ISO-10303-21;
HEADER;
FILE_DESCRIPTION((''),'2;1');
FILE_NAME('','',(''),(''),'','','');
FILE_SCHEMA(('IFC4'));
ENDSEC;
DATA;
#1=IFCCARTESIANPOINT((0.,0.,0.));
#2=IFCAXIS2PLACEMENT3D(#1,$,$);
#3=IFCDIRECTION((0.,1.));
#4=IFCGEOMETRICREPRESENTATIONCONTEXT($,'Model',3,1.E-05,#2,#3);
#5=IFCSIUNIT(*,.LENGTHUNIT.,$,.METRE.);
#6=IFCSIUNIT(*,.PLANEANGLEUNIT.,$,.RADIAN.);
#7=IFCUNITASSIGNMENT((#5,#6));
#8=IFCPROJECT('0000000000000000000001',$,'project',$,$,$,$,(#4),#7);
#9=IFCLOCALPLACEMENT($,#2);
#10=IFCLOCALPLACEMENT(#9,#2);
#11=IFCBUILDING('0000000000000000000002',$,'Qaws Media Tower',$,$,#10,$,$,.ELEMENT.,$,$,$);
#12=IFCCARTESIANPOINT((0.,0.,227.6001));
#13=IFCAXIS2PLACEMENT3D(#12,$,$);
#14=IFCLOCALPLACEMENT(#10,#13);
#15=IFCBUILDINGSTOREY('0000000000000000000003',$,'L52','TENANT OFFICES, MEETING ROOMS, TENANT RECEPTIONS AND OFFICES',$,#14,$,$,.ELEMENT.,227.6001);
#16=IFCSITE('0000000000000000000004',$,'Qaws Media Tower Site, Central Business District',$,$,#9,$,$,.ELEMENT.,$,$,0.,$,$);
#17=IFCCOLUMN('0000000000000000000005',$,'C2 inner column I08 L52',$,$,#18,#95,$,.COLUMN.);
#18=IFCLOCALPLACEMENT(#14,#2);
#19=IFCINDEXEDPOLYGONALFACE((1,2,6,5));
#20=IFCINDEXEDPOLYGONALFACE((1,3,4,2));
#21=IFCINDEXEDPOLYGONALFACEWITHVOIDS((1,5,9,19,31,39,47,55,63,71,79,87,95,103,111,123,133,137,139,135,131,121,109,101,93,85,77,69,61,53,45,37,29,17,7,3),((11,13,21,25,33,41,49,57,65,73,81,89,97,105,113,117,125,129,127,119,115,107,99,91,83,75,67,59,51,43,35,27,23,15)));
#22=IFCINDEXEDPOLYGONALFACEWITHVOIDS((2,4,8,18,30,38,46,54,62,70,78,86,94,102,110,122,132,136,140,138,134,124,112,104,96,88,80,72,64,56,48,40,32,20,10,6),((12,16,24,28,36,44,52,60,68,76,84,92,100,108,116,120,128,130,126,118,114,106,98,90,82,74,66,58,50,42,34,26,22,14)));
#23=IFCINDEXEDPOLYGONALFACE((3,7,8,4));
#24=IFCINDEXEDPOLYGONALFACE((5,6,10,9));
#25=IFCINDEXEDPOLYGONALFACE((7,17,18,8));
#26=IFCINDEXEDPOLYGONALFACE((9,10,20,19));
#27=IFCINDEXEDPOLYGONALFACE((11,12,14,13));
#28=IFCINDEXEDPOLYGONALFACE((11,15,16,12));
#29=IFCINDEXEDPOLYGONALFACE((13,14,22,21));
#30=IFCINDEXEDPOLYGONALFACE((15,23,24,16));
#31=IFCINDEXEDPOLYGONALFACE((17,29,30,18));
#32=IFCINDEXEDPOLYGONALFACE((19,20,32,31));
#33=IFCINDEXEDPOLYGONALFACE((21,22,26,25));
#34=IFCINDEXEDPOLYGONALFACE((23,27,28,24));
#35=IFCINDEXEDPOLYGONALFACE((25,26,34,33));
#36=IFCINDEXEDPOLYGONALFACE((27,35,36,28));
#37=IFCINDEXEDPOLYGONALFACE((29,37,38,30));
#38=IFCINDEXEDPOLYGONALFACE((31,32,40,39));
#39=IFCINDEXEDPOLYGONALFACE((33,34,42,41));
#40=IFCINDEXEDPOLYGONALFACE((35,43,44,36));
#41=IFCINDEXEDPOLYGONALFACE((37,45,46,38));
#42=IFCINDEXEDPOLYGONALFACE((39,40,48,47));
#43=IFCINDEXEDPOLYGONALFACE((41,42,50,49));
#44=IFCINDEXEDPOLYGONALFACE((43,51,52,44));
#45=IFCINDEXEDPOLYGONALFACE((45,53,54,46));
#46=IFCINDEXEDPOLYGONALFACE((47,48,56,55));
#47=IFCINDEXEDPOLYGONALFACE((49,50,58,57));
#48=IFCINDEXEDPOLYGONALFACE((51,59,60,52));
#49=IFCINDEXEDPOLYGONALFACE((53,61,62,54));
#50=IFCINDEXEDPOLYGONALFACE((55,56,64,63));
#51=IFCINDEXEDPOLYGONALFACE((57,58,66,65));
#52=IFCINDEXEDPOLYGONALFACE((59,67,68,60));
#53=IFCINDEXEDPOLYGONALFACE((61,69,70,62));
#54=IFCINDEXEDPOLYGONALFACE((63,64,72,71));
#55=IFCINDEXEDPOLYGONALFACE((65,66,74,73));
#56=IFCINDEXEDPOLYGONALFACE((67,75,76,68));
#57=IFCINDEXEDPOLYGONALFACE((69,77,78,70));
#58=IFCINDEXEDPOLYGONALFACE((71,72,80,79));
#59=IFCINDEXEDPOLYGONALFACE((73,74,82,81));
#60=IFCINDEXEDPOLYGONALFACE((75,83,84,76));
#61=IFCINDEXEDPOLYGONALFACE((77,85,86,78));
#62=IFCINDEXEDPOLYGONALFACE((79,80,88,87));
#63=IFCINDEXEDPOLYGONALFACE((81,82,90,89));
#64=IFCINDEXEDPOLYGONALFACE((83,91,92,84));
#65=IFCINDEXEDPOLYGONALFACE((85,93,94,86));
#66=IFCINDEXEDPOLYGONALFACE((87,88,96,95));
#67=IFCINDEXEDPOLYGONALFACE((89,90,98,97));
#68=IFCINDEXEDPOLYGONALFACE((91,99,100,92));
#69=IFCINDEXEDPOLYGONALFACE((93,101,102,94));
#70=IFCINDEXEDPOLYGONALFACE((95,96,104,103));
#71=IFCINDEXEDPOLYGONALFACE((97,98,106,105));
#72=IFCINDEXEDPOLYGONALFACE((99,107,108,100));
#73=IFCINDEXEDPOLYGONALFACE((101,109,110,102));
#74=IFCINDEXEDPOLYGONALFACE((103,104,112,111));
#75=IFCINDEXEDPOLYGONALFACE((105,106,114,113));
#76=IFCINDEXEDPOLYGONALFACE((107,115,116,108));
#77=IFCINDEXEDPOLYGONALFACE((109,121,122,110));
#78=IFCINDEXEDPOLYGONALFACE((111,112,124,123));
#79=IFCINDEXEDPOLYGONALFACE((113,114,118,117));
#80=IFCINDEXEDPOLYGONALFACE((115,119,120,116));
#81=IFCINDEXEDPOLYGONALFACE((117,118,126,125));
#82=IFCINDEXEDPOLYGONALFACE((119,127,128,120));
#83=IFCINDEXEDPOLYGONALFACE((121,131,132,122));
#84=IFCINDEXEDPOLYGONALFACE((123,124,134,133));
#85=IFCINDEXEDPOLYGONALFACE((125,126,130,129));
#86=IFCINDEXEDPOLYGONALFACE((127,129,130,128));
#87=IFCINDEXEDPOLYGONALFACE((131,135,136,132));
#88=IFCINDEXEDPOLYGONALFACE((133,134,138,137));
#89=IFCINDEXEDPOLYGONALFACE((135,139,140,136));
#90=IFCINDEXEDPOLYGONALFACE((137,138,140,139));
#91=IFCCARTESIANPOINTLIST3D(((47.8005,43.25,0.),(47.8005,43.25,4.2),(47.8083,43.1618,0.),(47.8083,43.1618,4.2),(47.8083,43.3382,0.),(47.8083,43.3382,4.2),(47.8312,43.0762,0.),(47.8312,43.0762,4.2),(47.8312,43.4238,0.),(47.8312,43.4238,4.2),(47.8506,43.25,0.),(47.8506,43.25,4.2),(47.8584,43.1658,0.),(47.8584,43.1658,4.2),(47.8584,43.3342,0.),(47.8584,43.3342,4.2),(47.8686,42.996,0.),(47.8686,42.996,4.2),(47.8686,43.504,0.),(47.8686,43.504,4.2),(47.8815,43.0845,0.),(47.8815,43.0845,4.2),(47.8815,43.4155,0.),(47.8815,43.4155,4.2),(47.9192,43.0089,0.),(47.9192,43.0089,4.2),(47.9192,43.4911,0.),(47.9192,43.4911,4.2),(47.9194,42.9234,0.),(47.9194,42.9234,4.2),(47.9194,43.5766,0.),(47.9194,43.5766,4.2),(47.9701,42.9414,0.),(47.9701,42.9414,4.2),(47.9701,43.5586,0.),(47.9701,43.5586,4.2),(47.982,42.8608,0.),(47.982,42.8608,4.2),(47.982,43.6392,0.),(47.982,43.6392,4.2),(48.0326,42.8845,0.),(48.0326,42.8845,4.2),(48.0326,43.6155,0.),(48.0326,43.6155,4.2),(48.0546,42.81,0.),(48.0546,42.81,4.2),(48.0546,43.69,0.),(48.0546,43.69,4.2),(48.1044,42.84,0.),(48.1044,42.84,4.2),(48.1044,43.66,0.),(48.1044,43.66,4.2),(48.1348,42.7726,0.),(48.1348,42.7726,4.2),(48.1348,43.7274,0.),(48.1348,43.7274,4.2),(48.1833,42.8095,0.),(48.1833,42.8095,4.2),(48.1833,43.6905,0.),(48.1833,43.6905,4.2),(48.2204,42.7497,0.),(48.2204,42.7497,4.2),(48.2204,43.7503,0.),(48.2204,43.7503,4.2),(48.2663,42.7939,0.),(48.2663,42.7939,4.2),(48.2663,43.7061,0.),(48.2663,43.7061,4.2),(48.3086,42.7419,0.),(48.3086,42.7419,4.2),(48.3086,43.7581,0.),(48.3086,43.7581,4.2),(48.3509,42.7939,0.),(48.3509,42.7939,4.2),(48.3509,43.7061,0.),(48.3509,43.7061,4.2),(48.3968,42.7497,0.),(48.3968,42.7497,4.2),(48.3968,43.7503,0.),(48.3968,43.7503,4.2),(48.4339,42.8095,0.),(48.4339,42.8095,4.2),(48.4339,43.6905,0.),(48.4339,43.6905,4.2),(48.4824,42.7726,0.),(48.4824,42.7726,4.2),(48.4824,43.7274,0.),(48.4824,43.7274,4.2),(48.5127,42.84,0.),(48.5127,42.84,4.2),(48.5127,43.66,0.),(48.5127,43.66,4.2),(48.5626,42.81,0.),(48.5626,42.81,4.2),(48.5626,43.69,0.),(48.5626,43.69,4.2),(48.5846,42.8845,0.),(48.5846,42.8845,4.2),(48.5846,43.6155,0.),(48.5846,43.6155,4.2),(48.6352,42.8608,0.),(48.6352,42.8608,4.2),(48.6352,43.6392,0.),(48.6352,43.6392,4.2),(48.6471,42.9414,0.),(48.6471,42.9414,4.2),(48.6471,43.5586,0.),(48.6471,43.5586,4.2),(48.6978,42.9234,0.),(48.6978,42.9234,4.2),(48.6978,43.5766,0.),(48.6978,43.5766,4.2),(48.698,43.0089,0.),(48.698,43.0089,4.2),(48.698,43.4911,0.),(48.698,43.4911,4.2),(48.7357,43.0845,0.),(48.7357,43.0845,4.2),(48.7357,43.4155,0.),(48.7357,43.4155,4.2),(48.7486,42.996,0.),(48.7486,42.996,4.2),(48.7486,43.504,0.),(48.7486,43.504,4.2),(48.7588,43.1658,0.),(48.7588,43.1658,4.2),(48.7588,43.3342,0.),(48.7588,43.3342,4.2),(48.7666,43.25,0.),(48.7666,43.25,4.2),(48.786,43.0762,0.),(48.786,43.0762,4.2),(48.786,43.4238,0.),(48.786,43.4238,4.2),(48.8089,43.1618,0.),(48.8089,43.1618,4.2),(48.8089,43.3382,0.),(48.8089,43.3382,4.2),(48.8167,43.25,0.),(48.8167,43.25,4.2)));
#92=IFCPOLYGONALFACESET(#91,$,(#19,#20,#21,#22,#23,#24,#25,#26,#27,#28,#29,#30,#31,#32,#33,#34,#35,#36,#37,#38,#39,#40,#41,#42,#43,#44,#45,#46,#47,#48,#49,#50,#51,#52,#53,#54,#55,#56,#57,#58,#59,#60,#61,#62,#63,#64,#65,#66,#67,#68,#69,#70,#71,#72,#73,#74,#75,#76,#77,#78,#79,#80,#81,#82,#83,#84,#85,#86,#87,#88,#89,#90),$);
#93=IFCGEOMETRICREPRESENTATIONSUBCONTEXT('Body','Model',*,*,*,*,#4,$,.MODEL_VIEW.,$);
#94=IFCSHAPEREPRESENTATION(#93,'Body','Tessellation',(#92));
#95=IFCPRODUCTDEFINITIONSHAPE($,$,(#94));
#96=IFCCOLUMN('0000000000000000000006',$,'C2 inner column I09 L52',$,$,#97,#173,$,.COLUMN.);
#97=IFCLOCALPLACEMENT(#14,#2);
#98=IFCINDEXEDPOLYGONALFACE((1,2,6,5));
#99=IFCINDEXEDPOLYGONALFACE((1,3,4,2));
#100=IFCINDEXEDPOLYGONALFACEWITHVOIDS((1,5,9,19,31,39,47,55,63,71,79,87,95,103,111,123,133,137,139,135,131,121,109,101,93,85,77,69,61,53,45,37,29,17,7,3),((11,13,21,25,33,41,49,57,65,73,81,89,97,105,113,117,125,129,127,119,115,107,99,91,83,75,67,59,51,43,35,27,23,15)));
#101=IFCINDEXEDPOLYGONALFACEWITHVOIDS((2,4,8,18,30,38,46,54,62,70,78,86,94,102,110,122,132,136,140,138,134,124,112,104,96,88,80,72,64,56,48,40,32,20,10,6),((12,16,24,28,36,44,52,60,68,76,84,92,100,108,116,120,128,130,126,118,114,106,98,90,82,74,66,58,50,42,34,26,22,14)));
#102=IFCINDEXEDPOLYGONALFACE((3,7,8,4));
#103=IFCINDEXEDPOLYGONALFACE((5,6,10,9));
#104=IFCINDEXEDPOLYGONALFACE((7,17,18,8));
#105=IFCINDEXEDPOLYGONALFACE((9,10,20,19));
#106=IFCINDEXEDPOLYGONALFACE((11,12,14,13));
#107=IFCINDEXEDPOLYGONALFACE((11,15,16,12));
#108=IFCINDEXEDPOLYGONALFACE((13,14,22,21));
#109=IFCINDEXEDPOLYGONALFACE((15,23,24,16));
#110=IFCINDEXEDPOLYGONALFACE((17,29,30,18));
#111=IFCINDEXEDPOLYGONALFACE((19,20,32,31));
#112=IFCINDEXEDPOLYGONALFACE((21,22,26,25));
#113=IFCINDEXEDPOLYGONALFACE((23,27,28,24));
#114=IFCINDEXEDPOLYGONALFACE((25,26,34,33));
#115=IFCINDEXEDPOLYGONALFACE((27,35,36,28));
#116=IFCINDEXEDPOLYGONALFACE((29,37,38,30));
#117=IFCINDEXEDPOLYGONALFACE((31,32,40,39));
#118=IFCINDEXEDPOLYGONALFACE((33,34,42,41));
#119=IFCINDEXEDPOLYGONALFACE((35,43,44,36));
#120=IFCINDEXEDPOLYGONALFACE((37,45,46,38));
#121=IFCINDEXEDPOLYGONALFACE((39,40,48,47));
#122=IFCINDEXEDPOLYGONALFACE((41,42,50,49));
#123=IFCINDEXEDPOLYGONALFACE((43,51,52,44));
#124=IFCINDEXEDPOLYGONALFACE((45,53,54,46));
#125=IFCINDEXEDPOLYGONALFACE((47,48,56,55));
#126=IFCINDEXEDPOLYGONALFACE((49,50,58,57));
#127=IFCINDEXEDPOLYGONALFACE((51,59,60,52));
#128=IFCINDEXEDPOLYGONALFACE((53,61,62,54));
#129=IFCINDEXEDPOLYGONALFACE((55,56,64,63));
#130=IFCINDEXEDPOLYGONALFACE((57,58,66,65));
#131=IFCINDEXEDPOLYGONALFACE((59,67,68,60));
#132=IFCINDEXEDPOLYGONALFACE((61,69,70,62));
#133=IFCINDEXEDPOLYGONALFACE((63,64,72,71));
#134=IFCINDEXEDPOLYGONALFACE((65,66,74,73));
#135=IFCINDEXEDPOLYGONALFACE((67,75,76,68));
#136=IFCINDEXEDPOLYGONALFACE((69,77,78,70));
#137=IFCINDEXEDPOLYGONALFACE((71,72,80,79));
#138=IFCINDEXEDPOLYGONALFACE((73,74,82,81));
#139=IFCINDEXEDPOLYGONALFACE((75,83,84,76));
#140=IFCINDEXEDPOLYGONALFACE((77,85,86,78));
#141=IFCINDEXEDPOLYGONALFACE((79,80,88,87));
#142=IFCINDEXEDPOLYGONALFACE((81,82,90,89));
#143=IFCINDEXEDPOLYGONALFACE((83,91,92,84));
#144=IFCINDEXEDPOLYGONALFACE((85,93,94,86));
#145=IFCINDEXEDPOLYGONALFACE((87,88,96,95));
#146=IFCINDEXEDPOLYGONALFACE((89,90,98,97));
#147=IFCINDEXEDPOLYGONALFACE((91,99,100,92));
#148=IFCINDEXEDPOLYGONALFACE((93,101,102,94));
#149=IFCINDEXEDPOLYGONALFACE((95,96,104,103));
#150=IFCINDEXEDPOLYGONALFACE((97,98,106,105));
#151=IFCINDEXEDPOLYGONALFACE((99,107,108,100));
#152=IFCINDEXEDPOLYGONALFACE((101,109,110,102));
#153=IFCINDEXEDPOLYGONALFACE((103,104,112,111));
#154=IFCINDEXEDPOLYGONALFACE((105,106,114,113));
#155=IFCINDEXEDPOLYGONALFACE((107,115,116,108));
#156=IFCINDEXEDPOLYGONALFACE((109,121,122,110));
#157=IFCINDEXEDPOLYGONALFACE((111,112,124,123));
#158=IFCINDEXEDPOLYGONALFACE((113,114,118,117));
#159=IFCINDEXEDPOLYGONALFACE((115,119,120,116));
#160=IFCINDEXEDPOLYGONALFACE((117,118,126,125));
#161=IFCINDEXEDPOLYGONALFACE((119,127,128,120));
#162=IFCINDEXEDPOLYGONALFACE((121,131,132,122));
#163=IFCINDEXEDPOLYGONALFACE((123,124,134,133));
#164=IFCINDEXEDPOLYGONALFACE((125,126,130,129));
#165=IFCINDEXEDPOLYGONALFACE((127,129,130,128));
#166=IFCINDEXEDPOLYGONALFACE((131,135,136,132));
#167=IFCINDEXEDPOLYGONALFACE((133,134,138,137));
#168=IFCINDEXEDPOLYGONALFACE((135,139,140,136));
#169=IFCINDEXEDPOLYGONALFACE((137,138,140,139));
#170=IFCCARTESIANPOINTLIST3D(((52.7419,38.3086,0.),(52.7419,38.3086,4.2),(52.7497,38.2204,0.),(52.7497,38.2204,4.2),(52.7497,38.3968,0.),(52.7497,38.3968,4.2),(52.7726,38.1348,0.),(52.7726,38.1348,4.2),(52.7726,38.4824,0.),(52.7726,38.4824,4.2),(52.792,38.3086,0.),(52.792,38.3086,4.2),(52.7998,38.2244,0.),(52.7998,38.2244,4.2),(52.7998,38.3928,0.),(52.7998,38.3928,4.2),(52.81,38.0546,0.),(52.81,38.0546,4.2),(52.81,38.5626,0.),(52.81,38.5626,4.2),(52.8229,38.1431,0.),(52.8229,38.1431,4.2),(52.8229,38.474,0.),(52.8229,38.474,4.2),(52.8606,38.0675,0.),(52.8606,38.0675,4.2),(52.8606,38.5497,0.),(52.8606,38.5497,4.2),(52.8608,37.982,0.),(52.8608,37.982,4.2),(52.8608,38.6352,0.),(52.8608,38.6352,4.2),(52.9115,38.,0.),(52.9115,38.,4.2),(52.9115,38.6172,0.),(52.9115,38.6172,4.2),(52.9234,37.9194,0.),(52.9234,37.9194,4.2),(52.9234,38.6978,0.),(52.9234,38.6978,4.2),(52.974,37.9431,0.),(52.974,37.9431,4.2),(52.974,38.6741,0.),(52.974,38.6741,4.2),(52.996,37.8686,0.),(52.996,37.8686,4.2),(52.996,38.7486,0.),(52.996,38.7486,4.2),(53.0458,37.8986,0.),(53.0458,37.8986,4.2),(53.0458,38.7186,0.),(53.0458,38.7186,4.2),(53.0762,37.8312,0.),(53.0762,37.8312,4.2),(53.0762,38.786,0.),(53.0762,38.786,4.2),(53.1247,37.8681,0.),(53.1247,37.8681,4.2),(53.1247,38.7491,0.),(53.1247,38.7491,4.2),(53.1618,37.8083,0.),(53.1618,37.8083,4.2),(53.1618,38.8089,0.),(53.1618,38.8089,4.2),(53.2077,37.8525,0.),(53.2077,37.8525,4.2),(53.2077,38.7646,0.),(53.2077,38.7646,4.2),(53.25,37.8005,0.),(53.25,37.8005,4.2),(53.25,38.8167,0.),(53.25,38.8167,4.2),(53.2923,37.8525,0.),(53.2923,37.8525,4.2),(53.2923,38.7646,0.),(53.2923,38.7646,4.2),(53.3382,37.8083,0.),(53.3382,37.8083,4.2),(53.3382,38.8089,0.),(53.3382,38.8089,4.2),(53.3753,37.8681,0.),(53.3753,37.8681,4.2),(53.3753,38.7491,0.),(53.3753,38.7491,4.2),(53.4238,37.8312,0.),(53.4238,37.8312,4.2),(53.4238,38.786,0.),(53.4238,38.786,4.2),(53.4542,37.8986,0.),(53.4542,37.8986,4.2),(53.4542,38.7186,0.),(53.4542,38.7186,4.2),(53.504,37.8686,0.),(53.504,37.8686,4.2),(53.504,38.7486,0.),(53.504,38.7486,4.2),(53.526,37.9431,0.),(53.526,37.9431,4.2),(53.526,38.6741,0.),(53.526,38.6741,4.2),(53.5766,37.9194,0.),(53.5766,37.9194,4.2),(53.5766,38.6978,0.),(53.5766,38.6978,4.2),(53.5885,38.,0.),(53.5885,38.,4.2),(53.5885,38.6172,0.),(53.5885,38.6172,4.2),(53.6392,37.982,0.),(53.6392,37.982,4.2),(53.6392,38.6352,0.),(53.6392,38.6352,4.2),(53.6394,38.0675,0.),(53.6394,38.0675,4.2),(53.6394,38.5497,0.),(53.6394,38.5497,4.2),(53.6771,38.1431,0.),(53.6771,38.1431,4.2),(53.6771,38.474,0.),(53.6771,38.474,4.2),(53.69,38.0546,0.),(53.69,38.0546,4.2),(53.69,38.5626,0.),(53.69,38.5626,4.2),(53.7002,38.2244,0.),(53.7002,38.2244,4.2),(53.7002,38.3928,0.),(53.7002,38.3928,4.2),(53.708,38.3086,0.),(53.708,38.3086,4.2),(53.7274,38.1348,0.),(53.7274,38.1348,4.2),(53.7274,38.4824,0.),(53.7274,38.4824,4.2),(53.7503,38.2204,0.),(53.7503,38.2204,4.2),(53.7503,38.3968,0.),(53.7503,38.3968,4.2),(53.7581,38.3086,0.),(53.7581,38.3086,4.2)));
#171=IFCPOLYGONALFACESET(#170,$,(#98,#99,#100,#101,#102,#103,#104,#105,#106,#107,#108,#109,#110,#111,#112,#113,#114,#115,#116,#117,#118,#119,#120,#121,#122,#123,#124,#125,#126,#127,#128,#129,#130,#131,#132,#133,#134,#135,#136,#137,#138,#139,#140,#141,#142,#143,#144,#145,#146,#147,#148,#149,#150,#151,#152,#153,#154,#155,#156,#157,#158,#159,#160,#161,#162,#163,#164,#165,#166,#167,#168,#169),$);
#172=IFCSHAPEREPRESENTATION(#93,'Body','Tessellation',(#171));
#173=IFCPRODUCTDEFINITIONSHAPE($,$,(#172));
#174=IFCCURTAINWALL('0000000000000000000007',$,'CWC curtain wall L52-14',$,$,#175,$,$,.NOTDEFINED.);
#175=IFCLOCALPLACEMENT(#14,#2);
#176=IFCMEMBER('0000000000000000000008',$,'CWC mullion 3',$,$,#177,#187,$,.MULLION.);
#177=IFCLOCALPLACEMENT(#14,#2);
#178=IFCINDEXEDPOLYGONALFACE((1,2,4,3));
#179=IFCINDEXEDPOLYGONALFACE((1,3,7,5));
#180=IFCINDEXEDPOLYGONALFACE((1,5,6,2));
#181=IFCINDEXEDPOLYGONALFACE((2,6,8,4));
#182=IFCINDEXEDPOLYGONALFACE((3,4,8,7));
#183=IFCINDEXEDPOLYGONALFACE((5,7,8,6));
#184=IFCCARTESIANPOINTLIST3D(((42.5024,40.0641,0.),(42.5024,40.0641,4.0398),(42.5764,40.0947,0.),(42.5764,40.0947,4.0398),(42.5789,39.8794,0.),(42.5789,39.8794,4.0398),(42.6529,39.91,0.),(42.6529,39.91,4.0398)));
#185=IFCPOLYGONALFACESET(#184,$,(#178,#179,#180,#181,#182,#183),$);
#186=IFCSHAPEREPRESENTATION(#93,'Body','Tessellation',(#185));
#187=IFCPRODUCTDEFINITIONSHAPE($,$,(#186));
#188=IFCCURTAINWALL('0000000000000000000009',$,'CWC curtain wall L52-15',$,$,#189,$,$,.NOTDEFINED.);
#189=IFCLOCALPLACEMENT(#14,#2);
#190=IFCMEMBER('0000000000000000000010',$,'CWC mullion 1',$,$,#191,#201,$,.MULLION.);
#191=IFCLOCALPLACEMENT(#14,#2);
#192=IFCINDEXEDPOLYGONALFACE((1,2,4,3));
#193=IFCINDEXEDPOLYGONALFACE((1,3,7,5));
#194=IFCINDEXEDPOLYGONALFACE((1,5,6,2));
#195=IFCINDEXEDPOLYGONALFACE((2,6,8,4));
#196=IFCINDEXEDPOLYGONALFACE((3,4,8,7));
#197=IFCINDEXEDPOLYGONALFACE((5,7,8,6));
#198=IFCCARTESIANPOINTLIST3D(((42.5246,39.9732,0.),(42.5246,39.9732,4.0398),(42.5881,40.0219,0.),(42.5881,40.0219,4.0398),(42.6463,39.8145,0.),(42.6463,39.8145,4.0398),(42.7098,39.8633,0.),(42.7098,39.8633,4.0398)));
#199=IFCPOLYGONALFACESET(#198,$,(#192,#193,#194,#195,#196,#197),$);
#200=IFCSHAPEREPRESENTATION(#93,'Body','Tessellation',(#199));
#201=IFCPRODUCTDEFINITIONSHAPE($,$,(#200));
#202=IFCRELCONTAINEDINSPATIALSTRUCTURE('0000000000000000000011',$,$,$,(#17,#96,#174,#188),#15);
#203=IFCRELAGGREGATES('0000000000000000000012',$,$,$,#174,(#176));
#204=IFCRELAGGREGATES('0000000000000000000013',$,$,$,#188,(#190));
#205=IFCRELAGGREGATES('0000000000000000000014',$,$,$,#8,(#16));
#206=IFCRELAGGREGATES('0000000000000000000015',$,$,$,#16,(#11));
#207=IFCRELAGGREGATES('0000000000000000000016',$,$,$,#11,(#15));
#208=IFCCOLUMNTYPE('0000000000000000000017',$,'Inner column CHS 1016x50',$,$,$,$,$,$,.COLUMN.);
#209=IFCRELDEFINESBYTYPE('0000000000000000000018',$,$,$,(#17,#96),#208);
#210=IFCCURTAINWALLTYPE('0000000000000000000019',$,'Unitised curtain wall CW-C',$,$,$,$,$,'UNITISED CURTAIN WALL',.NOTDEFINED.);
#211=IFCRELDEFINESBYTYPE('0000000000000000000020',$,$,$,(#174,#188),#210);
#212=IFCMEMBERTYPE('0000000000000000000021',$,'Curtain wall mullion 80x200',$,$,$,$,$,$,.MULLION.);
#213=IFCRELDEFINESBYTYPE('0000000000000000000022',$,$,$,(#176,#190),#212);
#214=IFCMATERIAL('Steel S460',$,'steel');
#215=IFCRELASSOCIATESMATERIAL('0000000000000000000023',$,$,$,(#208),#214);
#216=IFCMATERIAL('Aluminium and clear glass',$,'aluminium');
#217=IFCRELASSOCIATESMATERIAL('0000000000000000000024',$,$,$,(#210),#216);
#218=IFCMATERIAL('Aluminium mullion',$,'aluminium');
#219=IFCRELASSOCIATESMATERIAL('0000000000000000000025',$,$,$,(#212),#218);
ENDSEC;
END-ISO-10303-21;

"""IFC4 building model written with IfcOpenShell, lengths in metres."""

from ifc_helpers import new_model, si_unit, direction, frame, origin, origin_2d, place, context, subcontext, project, spatial, rectangle, hollow_circle, extrude, material, material_profile, profile_set, type_object, element, aggregate, save


model = new_model("IFC4")

# Units and contexts
model_context = context("Model", 3, precision=1e-05, world=origin(), true_north=direction((0.0, 1.0)))
body_context = subcontext(model_context, "Body", "Model", "MODEL_VIEW")
ifc_project = project(units=[si_unit("LENGTHUNIT", "METRE"), si_unit("PLANEANGLEUNIT", "RADIAN")], contexts=[model_context])

# Site, building, storey
site_placement = place(None, origin())
site = spatial("IfcSite", under=ifc_project, at=site_placement, Name="Qaws Media Tower Site, Central Business District", CompositionType="ELEMENT", RefElevation=0.0)
building_placement = place(site_placement, origin())
building = spatial("IfcBuilding", under=site, at=building_placement, Name="Qaws Media Tower", CompositionType="ELEMENT")
storey_placement = place(building_placement, frame((0.0, 0.0, 227.6001)))
storey = spatial("IfcBuildingStorey", under=building, at=storey_placement, Name="L52", Description="TENANT OFFICES, MEETING ROOMS, TENANT RECEPTIONS AND OFFICES", CompositionType="ELEMENT", Elevation=227.6001)

# Columns
ifc_material_1 = material(Name="Steel S460", Category="steel")
ifc_material_profile_1 = material_profile(ifc_material_1, hollow_circle(Radius=0.5081, WallThickness=0.05, at=origin_2d()), Name="CHS 1016x50")
ifc_profile_set_1 = profile_set([ifc_material_profile_1], Name="Steel S460")
column_type = type_object("IfcColumnType", Name="Inner column CHS 1016x50", PredefinedType="COLUMN", material=ifc_profile_set_1)
for number, where, z_axis, x_axis, name in (
    (1, (48.3086, 43.25, 0.0), (0.0, 0.0, 1.0), (1.0, 0.0, 0.0), "C2 inner column I08 L52"),
    (2, (53.25, 38.3086, 0.0), (0.0, 0.0, 1.0), (1.0, 0.0, 0.0), "C2 inner column I09 L52"),
):
    element("IfcColumn", number, at=place(storey_placement, frame(where, z_axis=z_axis, x_axis=x_axis)), inside=storey, type_object=column_type, Name=name, PredefinedType="COLUMN", context=body_context, shape_type="SweptSolid", body=[
        extrude(hollow_circle(Radius=0.5081, WallThickness=0.05, at=origin_2d()), origin(), (0.0, 0.0, 1.0), 4.2),
    ])

# Curtain wall, member
ifc_material_2 = material(Name="Aluminium and clear glass", Category="aluminium")
curtain_wall_type = type_object("IfcCurtainWallType", Name="Unitised curtain wall CW-C", ElementType="UNITISED CURTAIN WALL", PredefinedType="NOTDEFINED", material=ifc_material_2)
curtain_wall_1_placement = place(storey_placement, origin())
curtain_wall_1 = element("IfcCurtainWall", 3, at=curtain_wall_1_placement, inside=storey, type_object=curtain_wall_type, Name="CWC curtain wall L52-14", PredefinedType="NOTDEFINED")
ifc_material_3 = material(Name="Aluminium mullion", Category="aluminium")
ifc_material_profile_2 = material_profile(ifc_material_3, rectangle(XDim=0.0801, YDim=0.2, at=origin_2d()), Name="80x200")
ifc_profile_set_2 = profile_set([ifc_material_profile_2], Name="Aluminium mullion")
member_type_1 = type_object("IfcMemberType", Name="Curtain wall mullion 80x200", PredefinedType="MULLION", material=ifc_profile_set_2)
member_1_placement = place(storey_placement, frame((42.5776, 39.9871, 0.0), z_axis=(0.0, 0.0, 1.0), x_axis=(0.92388, 0.382683, 0.0)))
member_1 = element("IfcMember", 4, at=member_1_placement, type_object=member_type_1, Name="CWC mullion 3", PredefinedType="MULLION", context=body_context, shape_type="SweptSolid", body=[
    extrude(rectangle(XDim=0.0801, YDim=0.2, at=origin_2d()), origin(), (0.0, 0.0, 1.0), 4.0398),
])

# Curtain wall, member
curtain_wall_2_placement = place(storey_placement, origin())
curtain_wall_2 = element("IfcCurtainWall", 5, at=curtain_wall_2_placement, inside=storey, type_object=curtain_wall_type, Name="CWC curtain wall L52-15", PredefinedType="NOTDEFINED")
member_2_placement = place(storey_placement, frame((42.6172, 39.9182, 0.0), z_axis=(0.0, 0.0, 1.0), x_axis=(0.793353, 0.608762, 0.0)))
member_2 = element("IfcMember", 6, at=member_2_placement, type_object=member_type_1, Name="CWC mullion 1", PredefinedType="MULLION", context=body_context, shape_type="SweptSolid", body=[
    extrude(rectangle(XDim=0.0801, YDim=0.2, at=origin_2d()), origin(), (0.0, 0.0, 1.0), 4.0398),
])

aggregate(curtain_wall_1, [member_1])
aggregate(curtain_wall_2, [member_2])

save(model, "model.ifc")
